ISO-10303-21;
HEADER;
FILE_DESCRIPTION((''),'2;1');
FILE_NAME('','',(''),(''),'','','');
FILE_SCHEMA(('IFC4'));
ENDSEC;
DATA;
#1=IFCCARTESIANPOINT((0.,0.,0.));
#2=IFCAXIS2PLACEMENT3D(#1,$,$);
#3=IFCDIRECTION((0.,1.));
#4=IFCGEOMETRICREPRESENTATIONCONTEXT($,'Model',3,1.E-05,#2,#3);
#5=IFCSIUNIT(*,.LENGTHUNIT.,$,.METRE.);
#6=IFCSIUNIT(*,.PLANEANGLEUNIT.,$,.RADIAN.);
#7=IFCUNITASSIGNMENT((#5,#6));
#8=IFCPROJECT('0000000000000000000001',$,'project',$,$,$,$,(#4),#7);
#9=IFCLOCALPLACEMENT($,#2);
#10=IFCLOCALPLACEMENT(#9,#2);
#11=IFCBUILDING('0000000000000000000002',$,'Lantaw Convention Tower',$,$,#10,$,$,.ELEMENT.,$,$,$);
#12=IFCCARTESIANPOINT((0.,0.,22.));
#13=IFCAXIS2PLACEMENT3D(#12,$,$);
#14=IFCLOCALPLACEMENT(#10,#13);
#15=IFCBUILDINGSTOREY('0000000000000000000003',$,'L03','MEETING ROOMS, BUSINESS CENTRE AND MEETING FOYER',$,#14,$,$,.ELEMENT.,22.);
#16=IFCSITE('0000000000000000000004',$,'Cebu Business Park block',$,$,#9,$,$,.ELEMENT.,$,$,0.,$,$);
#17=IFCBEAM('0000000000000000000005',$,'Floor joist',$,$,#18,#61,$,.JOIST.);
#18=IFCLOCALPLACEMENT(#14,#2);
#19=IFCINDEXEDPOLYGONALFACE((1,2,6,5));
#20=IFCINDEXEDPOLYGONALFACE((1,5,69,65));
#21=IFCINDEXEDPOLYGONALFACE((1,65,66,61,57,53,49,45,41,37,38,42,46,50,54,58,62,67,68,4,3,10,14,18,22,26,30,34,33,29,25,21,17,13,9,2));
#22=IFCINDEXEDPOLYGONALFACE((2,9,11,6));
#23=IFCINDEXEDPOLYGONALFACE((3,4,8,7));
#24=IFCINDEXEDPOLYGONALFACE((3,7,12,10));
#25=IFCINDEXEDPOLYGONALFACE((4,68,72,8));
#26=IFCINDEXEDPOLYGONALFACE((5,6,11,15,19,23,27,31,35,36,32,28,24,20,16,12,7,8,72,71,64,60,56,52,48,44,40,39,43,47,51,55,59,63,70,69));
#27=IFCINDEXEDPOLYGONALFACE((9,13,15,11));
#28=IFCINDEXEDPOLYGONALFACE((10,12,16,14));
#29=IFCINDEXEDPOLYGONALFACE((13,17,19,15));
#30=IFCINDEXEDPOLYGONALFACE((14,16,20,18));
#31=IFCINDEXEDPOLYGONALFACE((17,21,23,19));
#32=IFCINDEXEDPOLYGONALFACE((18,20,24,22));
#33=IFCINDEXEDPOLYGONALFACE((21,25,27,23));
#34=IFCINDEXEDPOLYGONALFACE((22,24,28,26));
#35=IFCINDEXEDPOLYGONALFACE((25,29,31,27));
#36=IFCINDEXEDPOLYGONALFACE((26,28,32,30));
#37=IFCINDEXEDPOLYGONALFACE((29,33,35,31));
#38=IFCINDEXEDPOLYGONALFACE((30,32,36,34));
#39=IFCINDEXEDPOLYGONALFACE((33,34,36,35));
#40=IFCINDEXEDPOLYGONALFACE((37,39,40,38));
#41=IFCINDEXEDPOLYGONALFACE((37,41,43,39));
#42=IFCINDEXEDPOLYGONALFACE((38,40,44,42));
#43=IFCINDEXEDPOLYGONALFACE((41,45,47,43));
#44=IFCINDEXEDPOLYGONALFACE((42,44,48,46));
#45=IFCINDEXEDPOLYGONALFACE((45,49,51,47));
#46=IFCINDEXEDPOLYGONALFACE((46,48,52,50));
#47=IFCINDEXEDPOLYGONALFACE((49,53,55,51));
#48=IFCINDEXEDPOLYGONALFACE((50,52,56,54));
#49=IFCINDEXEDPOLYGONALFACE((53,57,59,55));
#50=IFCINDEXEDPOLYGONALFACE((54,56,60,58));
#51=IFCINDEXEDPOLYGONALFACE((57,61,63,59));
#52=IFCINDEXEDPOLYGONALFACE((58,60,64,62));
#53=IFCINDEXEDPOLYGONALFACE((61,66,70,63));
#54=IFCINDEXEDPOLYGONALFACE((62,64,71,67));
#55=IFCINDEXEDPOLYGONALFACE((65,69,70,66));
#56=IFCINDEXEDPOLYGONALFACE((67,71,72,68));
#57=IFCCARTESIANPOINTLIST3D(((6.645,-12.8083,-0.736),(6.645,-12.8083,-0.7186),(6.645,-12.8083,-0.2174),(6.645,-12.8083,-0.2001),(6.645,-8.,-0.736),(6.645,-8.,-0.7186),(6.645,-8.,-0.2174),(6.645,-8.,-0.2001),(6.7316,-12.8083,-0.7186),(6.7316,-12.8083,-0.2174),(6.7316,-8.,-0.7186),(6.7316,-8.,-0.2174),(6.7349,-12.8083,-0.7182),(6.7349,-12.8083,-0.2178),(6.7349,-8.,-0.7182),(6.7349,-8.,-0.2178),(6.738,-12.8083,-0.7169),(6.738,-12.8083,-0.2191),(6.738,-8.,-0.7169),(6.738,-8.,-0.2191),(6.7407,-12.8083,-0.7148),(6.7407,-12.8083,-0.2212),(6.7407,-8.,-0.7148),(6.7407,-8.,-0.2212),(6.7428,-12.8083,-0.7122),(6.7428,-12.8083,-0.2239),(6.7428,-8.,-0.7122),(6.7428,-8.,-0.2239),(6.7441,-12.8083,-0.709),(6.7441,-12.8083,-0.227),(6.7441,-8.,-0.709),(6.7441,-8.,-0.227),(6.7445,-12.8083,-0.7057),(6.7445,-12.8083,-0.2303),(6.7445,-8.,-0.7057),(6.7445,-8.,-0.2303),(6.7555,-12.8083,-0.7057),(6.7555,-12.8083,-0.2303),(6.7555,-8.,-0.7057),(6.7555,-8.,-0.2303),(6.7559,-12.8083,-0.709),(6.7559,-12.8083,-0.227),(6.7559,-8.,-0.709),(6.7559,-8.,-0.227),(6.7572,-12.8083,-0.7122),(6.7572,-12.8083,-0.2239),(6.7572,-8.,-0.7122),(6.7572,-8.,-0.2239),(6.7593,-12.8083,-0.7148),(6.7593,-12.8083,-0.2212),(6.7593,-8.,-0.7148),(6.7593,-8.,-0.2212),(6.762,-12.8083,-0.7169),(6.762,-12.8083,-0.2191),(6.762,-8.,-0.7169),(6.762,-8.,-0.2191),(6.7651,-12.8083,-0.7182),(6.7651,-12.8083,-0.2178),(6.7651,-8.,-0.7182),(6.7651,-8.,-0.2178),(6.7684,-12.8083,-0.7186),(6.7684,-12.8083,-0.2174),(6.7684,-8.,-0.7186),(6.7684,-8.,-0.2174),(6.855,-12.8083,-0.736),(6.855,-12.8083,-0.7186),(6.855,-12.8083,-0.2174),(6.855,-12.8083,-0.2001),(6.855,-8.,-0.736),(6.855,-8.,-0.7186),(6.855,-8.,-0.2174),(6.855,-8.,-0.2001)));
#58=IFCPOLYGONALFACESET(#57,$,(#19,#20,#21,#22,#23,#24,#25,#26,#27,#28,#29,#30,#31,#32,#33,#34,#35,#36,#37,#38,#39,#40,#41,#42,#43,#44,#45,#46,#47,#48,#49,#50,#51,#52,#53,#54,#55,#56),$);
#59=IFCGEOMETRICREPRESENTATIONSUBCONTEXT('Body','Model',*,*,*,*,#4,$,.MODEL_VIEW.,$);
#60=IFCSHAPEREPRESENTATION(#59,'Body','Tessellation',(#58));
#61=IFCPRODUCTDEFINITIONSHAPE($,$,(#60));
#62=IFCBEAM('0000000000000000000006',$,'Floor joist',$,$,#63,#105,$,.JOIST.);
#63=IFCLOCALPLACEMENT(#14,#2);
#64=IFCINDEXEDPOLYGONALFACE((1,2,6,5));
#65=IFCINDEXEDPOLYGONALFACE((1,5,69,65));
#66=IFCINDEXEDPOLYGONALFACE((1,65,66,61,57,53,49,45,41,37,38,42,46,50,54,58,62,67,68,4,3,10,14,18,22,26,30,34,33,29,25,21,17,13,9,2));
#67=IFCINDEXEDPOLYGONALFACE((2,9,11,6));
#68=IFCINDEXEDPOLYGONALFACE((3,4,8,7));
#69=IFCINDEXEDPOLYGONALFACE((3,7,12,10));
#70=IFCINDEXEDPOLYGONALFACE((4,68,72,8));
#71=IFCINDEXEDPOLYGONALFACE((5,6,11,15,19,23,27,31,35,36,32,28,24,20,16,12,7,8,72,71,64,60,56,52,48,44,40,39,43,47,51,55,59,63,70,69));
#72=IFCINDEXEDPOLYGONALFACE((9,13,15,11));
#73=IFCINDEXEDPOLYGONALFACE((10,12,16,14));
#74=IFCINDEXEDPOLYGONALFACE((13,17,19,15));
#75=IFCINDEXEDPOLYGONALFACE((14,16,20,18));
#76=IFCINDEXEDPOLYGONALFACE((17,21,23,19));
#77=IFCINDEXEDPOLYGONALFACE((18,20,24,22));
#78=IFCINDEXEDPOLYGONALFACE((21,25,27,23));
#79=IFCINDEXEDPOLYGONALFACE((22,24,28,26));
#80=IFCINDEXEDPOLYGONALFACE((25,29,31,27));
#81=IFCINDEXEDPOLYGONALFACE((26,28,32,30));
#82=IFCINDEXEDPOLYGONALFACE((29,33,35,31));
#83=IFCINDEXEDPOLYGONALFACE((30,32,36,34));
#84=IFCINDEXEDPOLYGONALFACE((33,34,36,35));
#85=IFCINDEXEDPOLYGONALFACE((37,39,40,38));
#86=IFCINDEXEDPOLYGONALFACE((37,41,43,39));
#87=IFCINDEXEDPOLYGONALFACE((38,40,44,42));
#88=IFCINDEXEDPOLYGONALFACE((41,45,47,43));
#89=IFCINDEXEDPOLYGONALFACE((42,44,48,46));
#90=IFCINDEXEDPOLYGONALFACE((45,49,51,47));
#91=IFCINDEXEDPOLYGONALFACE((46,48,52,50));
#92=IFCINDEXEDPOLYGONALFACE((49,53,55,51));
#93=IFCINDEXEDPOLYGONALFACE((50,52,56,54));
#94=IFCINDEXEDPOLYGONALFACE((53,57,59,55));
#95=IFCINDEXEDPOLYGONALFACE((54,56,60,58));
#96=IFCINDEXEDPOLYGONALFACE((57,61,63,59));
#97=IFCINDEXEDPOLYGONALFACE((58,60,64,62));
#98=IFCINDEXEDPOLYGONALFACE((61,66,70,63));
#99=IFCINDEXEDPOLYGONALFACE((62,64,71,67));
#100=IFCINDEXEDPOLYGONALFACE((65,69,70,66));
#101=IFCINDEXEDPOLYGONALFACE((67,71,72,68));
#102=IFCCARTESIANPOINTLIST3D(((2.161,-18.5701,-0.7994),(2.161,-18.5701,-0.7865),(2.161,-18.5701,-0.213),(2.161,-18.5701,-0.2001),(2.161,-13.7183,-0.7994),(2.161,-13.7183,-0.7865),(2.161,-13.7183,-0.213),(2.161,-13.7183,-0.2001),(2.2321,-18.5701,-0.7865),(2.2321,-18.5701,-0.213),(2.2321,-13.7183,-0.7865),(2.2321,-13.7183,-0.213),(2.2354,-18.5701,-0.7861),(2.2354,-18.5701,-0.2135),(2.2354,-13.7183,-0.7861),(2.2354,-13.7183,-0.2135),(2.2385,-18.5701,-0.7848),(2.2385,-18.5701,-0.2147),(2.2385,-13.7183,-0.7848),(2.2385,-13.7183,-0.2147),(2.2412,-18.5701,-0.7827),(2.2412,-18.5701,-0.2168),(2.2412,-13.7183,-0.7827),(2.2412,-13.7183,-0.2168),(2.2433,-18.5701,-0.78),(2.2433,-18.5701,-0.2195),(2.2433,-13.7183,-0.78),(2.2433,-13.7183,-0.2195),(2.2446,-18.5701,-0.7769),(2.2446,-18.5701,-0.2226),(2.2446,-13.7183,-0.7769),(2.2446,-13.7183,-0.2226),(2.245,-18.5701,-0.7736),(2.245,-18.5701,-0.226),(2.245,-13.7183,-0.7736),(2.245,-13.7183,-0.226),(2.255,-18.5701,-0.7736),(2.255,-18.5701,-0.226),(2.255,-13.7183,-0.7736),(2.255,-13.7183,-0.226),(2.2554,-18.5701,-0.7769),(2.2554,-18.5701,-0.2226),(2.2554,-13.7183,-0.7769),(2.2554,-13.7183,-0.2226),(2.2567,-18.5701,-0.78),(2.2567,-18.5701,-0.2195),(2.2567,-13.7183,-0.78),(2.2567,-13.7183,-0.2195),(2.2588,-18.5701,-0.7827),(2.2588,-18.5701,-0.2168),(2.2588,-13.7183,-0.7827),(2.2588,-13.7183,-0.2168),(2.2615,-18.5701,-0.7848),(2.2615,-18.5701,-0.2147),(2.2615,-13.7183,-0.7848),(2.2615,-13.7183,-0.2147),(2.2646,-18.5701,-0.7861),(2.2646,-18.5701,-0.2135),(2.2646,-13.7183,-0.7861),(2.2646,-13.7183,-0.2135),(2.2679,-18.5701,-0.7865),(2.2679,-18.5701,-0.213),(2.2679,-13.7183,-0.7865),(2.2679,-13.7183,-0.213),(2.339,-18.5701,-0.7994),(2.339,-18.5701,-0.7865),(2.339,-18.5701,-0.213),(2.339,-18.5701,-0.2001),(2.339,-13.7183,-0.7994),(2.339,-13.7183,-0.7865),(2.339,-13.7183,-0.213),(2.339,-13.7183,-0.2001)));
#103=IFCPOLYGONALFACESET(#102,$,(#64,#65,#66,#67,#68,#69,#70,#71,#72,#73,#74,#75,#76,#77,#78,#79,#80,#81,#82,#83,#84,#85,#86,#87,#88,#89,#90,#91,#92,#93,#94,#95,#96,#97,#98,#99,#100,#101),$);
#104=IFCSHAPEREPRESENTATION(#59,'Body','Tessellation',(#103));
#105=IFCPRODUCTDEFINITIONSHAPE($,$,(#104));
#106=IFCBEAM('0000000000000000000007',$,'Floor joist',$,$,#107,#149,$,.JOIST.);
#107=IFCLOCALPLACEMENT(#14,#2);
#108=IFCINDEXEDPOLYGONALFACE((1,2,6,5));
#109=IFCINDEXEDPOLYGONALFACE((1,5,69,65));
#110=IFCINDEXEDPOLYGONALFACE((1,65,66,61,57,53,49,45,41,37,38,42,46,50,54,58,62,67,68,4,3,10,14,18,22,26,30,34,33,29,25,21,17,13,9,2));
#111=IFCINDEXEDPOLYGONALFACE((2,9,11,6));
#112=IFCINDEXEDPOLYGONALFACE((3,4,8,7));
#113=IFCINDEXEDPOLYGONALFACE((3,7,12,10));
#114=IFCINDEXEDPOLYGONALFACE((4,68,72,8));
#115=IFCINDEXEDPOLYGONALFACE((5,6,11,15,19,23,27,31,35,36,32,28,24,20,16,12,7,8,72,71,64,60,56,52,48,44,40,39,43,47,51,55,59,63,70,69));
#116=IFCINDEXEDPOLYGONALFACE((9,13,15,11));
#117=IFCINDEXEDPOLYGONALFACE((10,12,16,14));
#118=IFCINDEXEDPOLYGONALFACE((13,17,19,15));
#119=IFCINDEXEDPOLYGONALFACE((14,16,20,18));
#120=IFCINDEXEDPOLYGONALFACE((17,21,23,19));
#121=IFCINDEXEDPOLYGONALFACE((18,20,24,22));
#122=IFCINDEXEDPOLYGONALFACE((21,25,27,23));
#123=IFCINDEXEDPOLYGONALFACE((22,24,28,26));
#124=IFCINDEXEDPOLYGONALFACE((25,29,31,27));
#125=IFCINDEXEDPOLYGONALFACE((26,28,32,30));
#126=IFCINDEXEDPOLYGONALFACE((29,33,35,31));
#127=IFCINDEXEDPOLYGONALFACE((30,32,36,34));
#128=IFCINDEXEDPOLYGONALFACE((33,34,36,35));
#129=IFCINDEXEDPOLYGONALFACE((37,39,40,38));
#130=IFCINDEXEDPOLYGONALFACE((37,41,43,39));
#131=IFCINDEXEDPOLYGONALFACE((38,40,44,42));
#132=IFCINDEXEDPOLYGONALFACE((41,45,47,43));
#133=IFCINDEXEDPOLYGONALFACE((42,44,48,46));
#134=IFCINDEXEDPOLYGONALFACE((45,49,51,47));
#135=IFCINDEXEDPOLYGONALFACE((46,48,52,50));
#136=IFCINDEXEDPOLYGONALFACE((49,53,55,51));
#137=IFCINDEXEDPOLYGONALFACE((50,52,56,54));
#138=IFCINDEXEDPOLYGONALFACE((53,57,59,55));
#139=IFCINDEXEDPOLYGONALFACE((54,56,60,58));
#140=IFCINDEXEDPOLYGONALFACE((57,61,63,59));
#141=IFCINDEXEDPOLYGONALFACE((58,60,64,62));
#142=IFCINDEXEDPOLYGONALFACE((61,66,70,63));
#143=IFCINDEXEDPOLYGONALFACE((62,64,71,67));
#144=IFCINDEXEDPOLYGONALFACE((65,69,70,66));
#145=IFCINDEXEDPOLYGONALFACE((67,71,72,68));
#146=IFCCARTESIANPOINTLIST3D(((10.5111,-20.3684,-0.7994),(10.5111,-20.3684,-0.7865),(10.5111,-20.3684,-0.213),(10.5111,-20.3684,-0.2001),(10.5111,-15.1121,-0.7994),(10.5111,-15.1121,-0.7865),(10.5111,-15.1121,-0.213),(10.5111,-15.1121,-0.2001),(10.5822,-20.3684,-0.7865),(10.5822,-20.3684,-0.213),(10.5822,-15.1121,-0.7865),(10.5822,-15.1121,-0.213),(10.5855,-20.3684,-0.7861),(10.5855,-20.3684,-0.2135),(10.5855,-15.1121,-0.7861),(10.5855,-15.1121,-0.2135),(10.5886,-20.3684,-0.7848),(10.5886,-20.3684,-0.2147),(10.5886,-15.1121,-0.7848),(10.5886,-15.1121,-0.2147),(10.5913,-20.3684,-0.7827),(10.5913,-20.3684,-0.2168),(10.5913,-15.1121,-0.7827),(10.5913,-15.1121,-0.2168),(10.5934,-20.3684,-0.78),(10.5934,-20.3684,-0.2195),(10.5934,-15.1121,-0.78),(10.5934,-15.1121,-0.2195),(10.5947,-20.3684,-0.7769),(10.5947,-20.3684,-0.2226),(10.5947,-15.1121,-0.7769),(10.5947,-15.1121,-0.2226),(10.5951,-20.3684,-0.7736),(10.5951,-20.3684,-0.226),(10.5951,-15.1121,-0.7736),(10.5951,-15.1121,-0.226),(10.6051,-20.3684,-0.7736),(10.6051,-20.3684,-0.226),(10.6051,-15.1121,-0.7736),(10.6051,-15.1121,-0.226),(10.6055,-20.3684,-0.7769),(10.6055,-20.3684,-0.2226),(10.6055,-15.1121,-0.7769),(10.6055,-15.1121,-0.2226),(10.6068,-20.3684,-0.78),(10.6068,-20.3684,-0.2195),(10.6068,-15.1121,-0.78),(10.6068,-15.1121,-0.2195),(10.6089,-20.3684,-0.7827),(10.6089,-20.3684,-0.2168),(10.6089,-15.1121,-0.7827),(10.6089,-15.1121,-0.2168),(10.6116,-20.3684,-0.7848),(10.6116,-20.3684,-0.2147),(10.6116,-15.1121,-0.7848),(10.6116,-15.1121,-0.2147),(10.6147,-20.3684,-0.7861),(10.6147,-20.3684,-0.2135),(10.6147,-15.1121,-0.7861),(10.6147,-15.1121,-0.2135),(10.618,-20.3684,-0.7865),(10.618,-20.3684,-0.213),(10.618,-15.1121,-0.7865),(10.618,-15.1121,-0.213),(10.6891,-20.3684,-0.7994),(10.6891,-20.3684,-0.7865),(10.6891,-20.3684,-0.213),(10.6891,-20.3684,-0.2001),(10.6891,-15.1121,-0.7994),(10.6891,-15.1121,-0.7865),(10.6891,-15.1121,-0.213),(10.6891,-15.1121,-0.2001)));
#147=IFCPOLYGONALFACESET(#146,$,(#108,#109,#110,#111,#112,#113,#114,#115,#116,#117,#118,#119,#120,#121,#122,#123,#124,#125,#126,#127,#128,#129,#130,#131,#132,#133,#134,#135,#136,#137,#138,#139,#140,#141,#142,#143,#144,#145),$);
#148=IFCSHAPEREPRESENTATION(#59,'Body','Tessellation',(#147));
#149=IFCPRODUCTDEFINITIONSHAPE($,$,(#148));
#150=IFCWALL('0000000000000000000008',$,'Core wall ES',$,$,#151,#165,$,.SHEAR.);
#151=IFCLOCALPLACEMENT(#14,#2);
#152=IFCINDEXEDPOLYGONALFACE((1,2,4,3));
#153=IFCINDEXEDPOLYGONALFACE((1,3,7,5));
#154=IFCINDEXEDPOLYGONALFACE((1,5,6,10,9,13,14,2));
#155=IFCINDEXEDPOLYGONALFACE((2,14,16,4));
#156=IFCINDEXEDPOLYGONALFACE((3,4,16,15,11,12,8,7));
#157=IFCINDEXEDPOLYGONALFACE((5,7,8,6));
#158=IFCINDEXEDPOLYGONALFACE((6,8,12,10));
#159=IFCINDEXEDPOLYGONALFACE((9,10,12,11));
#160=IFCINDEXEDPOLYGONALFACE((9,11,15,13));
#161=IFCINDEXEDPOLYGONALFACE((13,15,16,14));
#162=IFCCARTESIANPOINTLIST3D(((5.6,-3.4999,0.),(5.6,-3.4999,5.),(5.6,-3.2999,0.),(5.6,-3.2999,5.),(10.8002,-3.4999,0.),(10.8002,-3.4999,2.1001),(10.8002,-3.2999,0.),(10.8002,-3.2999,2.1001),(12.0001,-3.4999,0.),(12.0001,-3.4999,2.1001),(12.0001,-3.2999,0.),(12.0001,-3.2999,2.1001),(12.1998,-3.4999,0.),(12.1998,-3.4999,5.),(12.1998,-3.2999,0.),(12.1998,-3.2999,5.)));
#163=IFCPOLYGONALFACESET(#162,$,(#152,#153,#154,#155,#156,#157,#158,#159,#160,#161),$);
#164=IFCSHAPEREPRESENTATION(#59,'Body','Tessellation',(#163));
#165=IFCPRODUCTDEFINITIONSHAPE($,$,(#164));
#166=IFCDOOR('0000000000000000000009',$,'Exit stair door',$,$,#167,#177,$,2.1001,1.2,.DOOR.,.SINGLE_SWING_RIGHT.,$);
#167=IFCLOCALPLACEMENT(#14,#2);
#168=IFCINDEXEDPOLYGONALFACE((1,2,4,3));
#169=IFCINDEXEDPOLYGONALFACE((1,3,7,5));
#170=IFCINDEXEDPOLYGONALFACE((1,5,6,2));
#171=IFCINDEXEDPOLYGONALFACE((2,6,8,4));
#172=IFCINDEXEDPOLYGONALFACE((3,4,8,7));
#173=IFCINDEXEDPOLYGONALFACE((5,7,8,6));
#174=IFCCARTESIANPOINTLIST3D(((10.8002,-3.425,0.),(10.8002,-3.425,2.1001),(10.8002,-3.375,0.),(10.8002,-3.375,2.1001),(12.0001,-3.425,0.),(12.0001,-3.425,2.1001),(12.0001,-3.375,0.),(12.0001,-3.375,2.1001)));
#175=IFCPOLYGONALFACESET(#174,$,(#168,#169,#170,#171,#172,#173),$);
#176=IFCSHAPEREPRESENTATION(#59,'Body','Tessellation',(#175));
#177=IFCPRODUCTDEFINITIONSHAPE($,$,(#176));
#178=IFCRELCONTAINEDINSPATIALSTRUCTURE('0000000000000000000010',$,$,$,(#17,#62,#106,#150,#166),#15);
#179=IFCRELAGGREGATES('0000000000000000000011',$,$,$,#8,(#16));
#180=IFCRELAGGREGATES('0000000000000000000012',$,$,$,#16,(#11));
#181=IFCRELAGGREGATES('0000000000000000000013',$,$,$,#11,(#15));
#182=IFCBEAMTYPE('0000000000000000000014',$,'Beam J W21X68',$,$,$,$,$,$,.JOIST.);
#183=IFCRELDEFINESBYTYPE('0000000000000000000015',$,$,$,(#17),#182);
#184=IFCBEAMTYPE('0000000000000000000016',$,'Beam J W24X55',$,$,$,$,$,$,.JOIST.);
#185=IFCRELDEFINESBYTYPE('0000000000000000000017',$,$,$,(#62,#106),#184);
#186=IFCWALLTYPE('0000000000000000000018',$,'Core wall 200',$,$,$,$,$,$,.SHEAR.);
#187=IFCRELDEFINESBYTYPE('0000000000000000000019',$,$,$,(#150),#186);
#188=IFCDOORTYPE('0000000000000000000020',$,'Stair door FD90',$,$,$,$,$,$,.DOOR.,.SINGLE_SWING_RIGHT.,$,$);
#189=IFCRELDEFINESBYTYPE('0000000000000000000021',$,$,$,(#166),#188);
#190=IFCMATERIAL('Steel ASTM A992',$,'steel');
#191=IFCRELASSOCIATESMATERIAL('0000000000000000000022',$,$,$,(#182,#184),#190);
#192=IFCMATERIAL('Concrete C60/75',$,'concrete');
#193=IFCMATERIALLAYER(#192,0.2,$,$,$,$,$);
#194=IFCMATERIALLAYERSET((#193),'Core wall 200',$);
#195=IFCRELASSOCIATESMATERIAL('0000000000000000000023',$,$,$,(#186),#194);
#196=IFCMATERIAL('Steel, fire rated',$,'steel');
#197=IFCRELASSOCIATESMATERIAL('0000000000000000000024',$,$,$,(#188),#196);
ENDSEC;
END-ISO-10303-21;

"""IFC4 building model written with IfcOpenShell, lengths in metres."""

from ifc_helpers import new_model, si_unit, direction, frame, frame_2d, origin, origin_2d, place, context, subcontext, project, spatial, rectangle, i_section, extrude, material, layer, layer_set, material_profile, profile_set, type_object, element, fill, save


model = new_model("IFC4")

# Units and contexts
model_context = context("Model", 3, precision=1e-05, world=origin(), true_north=direction((0.0, 1.0)))
body_context = subcontext(model_context, "Body", "Model", "MODEL_VIEW")
ifc_project = project(units=[si_unit("LENGTHUNIT", "METRE"), si_unit("PLANEANGLEUNIT", "RADIAN")], contexts=[model_context])

# Site, building, storey
site_placement = place(None, origin())
site = spatial("IfcSite", under=ifc_project, at=site_placement, Name="Cebu Business Park block", CompositionType="ELEMENT", RefElevation=0.0)
building_placement = place(site_placement, origin())
building = spatial("IfcBuilding", under=site, at=building_placement, Name="Lantaw Convention Tower", CompositionType="ELEMENT")
storey_placement = place(building_placement, frame((0.0, 0.0, 22.0)))
storey = spatial("IfcBuildingStorey", under=building, at=storey_placement, Name="L03", Description="MEETING ROOMS, BUSINESS CENTRE AND MEETING FOYER", CompositionType="ELEMENT", Elevation=22.0)

# Beams
ifc_material_1 = material(Name="Steel ASTM A992", Category="steel")
ifc_material_profile_1 = material_profile(ifc_material_1, i_section(OverallWidth=0.21, OverallDepth=0.5359, WebThickness=0.011, FlangeThickness=0.0173, FilletRadius=0.0129, at=origin_2d()), Name="W21X68")
ifc_profile_set_1 = profile_set([ifc_material_profile_1], Name="Steel ASTM A992")
beam_type_1 = type_object("IfcBeamType", Name="Beam J W21X68", PredefinedType="JOIST", material=ifc_profile_set_1)
beam_1_placement = place(storey_placement, frame((6.75, -12.8083, -0.468), z_axis=(0.0, 1.0, 0.0), x_axis=(-1.0, 0.0, 0.0)))
element("IfcBeam", 1, at=beam_1_placement, inside=storey, type_object=beam_type_1, Name="Floor joist", PredefinedType="JOIST", context=body_context, shape_type="SweptSolid", body=[
    extrude(i_section(OverallWidth=0.21, OverallDepth=0.5359, WebThickness=0.011, FlangeThickness=0.0173, FilletRadius=0.0129, at=origin_2d()), origin(), (0.0, 0.0, 1.0), 4.8083),
])
ifc_material_profile_2 = material_profile(ifc_material_1, i_section(OverallWidth=0.178, OverallDepth=0.5994, WebThickness=0.01, FlangeThickness=0.0129, FilletRadius=0.0129, at=origin_2d()), Name="W24X55")
ifc_profile_set_2 = profile_set([ifc_material_profile_2], Name="Steel ASTM A992")
beam_type_2 = type_object("IfcBeamType", Name="Beam J W24X55", PredefinedType="JOIST", material=ifc_profile_set_2)
beam_2_placement = place(storey_placement, frame((2.25, -18.5701, -0.4998), z_axis=(0.0, 1.0, 0.0), x_axis=(-1.0, 0.0, 0.0)))
element("IfcBeam", 2, at=beam_2_placement, inside=storey, type_object=beam_type_2, Name="Floor joist", PredefinedType="JOIST", context=body_context, shape_type="SweptSolid", body=[
    extrude(i_section(OverallWidth=0.178, OverallDepth=0.5994, WebThickness=0.01, FlangeThickness=0.0129, FilletRadius=0.0129, at=origin_2d()), origin(), (0.0, 0.0, 1.0), 4.8518),
])
beam_3_placement = place(storey_placement, frame((10.6001, -20.3684, -0.4998), z_axis=(0.0, 1.0, 0.0), x_axis=(-1.0, 0.0, 0.0)))
element("IfcBeam", 3, at=beam_3_placement, inside=storey, type_object=beam_type_2, Name="Floor joist", PredefinedType="JOIST", context=body_context, shape_type="SweptSolid", body=[
    extrude(i_section(OverallWidth=0.178, OverallDepth=0.5994, WebThickness=0.01, FlangeThickness=0.0129, FilletRadius=0.0129, at=origin_2d()), origin(), (0.0, 0.0, 1.0), 5.2563),
])

# Wall, opening, door
ifc_material_2 = material(Name="Concrete C60/75", Category="concrete")
ifc_layer_1 = layer(ifc_material_2, 0.2)
ifc_layer_set_1 = layer_set([ifc_layer_1], Name="Core wall 200")
wall_type_1 = type_object("IfcWallType", Name="Core wall 200", PredefinedType="SHEAR", material=ifc_layer_set_1)
wall_1_placement = place(storey_placement, frame((5.6001, -3.3999, 0.0), z_axis=(0.0, 0.0, 1.0), x_axis=(1.0, 0.0, 0.0)))
wall_1 = element("IfcWall", 4, at=wall_1_placement, inside=storey, type_object=wall_type_1, Name="Core wall ES", PredefinedType="SHEAR", context=body_context, shape_type="SweptSolid", body=[
    extrude(rectangle(XDim=6.5999, YDim=0.2, at=frame_2d((3.2998, 0.0))), origin(), (0.0, 0.0, 1.0), 5.0),
])
opening_1_placement = place(wall_1_placement, frame((5.2, 0.0, 0.0)))
opening_1 = element("IfcOpeningElement", 5, at=opening_1_placement, cuts=wall_1, PredefinedType="OPENING", context=body_context, shape_type="SweptSolid", body=[
    extrude(rectangle(XDim=1.2, YDim=2.1001, at=frame_2d((0.6001, 1.05))), frame((0.0, 0.1099, 0.0), z_axis=(0.0, -1.0, 0.0), x_axis=(1.0, 0.0, 0.0)), (0.0, 0.0, 1.0), 0.22),
])
ifc_material_3 = material(Name="Steel, fire rated", Category="steel")
door_type_1 = type_object("IfcDoorType", Name="Stair door FD90", OperationType="SINGLE_SWING_RIGHT", PredefinedType="DOOR", material=ifc_material_3)
door_1_placement = place(opening_1_placement, origin())
door_1 = element("IfcDoor", 6, at=door_1_placement, inside=storey, type_object=door_type_1, Name="Exit stair door", OperationType="SINGLE_SWING_RIGHT", OverallHeight=2.1001, OverallWidth=1.2, PredefinedType="DOOR", context=body_context, shape_type="SweptSolid", body=[
    extrude(rectangle(XDim=1.2, YDim=2.1001, at=frame_2d((0.6001, 1.05))), frame((0.0, 0.0249, 0.0), z_axis=(0.0, -1.0, 0.0), x_axis=(1.0, 0.0, 0.0)), (0.0, 0.0, 1.0), 0.05),
])
fill(opening_1, door_1)

save(model, "model.ifc")
